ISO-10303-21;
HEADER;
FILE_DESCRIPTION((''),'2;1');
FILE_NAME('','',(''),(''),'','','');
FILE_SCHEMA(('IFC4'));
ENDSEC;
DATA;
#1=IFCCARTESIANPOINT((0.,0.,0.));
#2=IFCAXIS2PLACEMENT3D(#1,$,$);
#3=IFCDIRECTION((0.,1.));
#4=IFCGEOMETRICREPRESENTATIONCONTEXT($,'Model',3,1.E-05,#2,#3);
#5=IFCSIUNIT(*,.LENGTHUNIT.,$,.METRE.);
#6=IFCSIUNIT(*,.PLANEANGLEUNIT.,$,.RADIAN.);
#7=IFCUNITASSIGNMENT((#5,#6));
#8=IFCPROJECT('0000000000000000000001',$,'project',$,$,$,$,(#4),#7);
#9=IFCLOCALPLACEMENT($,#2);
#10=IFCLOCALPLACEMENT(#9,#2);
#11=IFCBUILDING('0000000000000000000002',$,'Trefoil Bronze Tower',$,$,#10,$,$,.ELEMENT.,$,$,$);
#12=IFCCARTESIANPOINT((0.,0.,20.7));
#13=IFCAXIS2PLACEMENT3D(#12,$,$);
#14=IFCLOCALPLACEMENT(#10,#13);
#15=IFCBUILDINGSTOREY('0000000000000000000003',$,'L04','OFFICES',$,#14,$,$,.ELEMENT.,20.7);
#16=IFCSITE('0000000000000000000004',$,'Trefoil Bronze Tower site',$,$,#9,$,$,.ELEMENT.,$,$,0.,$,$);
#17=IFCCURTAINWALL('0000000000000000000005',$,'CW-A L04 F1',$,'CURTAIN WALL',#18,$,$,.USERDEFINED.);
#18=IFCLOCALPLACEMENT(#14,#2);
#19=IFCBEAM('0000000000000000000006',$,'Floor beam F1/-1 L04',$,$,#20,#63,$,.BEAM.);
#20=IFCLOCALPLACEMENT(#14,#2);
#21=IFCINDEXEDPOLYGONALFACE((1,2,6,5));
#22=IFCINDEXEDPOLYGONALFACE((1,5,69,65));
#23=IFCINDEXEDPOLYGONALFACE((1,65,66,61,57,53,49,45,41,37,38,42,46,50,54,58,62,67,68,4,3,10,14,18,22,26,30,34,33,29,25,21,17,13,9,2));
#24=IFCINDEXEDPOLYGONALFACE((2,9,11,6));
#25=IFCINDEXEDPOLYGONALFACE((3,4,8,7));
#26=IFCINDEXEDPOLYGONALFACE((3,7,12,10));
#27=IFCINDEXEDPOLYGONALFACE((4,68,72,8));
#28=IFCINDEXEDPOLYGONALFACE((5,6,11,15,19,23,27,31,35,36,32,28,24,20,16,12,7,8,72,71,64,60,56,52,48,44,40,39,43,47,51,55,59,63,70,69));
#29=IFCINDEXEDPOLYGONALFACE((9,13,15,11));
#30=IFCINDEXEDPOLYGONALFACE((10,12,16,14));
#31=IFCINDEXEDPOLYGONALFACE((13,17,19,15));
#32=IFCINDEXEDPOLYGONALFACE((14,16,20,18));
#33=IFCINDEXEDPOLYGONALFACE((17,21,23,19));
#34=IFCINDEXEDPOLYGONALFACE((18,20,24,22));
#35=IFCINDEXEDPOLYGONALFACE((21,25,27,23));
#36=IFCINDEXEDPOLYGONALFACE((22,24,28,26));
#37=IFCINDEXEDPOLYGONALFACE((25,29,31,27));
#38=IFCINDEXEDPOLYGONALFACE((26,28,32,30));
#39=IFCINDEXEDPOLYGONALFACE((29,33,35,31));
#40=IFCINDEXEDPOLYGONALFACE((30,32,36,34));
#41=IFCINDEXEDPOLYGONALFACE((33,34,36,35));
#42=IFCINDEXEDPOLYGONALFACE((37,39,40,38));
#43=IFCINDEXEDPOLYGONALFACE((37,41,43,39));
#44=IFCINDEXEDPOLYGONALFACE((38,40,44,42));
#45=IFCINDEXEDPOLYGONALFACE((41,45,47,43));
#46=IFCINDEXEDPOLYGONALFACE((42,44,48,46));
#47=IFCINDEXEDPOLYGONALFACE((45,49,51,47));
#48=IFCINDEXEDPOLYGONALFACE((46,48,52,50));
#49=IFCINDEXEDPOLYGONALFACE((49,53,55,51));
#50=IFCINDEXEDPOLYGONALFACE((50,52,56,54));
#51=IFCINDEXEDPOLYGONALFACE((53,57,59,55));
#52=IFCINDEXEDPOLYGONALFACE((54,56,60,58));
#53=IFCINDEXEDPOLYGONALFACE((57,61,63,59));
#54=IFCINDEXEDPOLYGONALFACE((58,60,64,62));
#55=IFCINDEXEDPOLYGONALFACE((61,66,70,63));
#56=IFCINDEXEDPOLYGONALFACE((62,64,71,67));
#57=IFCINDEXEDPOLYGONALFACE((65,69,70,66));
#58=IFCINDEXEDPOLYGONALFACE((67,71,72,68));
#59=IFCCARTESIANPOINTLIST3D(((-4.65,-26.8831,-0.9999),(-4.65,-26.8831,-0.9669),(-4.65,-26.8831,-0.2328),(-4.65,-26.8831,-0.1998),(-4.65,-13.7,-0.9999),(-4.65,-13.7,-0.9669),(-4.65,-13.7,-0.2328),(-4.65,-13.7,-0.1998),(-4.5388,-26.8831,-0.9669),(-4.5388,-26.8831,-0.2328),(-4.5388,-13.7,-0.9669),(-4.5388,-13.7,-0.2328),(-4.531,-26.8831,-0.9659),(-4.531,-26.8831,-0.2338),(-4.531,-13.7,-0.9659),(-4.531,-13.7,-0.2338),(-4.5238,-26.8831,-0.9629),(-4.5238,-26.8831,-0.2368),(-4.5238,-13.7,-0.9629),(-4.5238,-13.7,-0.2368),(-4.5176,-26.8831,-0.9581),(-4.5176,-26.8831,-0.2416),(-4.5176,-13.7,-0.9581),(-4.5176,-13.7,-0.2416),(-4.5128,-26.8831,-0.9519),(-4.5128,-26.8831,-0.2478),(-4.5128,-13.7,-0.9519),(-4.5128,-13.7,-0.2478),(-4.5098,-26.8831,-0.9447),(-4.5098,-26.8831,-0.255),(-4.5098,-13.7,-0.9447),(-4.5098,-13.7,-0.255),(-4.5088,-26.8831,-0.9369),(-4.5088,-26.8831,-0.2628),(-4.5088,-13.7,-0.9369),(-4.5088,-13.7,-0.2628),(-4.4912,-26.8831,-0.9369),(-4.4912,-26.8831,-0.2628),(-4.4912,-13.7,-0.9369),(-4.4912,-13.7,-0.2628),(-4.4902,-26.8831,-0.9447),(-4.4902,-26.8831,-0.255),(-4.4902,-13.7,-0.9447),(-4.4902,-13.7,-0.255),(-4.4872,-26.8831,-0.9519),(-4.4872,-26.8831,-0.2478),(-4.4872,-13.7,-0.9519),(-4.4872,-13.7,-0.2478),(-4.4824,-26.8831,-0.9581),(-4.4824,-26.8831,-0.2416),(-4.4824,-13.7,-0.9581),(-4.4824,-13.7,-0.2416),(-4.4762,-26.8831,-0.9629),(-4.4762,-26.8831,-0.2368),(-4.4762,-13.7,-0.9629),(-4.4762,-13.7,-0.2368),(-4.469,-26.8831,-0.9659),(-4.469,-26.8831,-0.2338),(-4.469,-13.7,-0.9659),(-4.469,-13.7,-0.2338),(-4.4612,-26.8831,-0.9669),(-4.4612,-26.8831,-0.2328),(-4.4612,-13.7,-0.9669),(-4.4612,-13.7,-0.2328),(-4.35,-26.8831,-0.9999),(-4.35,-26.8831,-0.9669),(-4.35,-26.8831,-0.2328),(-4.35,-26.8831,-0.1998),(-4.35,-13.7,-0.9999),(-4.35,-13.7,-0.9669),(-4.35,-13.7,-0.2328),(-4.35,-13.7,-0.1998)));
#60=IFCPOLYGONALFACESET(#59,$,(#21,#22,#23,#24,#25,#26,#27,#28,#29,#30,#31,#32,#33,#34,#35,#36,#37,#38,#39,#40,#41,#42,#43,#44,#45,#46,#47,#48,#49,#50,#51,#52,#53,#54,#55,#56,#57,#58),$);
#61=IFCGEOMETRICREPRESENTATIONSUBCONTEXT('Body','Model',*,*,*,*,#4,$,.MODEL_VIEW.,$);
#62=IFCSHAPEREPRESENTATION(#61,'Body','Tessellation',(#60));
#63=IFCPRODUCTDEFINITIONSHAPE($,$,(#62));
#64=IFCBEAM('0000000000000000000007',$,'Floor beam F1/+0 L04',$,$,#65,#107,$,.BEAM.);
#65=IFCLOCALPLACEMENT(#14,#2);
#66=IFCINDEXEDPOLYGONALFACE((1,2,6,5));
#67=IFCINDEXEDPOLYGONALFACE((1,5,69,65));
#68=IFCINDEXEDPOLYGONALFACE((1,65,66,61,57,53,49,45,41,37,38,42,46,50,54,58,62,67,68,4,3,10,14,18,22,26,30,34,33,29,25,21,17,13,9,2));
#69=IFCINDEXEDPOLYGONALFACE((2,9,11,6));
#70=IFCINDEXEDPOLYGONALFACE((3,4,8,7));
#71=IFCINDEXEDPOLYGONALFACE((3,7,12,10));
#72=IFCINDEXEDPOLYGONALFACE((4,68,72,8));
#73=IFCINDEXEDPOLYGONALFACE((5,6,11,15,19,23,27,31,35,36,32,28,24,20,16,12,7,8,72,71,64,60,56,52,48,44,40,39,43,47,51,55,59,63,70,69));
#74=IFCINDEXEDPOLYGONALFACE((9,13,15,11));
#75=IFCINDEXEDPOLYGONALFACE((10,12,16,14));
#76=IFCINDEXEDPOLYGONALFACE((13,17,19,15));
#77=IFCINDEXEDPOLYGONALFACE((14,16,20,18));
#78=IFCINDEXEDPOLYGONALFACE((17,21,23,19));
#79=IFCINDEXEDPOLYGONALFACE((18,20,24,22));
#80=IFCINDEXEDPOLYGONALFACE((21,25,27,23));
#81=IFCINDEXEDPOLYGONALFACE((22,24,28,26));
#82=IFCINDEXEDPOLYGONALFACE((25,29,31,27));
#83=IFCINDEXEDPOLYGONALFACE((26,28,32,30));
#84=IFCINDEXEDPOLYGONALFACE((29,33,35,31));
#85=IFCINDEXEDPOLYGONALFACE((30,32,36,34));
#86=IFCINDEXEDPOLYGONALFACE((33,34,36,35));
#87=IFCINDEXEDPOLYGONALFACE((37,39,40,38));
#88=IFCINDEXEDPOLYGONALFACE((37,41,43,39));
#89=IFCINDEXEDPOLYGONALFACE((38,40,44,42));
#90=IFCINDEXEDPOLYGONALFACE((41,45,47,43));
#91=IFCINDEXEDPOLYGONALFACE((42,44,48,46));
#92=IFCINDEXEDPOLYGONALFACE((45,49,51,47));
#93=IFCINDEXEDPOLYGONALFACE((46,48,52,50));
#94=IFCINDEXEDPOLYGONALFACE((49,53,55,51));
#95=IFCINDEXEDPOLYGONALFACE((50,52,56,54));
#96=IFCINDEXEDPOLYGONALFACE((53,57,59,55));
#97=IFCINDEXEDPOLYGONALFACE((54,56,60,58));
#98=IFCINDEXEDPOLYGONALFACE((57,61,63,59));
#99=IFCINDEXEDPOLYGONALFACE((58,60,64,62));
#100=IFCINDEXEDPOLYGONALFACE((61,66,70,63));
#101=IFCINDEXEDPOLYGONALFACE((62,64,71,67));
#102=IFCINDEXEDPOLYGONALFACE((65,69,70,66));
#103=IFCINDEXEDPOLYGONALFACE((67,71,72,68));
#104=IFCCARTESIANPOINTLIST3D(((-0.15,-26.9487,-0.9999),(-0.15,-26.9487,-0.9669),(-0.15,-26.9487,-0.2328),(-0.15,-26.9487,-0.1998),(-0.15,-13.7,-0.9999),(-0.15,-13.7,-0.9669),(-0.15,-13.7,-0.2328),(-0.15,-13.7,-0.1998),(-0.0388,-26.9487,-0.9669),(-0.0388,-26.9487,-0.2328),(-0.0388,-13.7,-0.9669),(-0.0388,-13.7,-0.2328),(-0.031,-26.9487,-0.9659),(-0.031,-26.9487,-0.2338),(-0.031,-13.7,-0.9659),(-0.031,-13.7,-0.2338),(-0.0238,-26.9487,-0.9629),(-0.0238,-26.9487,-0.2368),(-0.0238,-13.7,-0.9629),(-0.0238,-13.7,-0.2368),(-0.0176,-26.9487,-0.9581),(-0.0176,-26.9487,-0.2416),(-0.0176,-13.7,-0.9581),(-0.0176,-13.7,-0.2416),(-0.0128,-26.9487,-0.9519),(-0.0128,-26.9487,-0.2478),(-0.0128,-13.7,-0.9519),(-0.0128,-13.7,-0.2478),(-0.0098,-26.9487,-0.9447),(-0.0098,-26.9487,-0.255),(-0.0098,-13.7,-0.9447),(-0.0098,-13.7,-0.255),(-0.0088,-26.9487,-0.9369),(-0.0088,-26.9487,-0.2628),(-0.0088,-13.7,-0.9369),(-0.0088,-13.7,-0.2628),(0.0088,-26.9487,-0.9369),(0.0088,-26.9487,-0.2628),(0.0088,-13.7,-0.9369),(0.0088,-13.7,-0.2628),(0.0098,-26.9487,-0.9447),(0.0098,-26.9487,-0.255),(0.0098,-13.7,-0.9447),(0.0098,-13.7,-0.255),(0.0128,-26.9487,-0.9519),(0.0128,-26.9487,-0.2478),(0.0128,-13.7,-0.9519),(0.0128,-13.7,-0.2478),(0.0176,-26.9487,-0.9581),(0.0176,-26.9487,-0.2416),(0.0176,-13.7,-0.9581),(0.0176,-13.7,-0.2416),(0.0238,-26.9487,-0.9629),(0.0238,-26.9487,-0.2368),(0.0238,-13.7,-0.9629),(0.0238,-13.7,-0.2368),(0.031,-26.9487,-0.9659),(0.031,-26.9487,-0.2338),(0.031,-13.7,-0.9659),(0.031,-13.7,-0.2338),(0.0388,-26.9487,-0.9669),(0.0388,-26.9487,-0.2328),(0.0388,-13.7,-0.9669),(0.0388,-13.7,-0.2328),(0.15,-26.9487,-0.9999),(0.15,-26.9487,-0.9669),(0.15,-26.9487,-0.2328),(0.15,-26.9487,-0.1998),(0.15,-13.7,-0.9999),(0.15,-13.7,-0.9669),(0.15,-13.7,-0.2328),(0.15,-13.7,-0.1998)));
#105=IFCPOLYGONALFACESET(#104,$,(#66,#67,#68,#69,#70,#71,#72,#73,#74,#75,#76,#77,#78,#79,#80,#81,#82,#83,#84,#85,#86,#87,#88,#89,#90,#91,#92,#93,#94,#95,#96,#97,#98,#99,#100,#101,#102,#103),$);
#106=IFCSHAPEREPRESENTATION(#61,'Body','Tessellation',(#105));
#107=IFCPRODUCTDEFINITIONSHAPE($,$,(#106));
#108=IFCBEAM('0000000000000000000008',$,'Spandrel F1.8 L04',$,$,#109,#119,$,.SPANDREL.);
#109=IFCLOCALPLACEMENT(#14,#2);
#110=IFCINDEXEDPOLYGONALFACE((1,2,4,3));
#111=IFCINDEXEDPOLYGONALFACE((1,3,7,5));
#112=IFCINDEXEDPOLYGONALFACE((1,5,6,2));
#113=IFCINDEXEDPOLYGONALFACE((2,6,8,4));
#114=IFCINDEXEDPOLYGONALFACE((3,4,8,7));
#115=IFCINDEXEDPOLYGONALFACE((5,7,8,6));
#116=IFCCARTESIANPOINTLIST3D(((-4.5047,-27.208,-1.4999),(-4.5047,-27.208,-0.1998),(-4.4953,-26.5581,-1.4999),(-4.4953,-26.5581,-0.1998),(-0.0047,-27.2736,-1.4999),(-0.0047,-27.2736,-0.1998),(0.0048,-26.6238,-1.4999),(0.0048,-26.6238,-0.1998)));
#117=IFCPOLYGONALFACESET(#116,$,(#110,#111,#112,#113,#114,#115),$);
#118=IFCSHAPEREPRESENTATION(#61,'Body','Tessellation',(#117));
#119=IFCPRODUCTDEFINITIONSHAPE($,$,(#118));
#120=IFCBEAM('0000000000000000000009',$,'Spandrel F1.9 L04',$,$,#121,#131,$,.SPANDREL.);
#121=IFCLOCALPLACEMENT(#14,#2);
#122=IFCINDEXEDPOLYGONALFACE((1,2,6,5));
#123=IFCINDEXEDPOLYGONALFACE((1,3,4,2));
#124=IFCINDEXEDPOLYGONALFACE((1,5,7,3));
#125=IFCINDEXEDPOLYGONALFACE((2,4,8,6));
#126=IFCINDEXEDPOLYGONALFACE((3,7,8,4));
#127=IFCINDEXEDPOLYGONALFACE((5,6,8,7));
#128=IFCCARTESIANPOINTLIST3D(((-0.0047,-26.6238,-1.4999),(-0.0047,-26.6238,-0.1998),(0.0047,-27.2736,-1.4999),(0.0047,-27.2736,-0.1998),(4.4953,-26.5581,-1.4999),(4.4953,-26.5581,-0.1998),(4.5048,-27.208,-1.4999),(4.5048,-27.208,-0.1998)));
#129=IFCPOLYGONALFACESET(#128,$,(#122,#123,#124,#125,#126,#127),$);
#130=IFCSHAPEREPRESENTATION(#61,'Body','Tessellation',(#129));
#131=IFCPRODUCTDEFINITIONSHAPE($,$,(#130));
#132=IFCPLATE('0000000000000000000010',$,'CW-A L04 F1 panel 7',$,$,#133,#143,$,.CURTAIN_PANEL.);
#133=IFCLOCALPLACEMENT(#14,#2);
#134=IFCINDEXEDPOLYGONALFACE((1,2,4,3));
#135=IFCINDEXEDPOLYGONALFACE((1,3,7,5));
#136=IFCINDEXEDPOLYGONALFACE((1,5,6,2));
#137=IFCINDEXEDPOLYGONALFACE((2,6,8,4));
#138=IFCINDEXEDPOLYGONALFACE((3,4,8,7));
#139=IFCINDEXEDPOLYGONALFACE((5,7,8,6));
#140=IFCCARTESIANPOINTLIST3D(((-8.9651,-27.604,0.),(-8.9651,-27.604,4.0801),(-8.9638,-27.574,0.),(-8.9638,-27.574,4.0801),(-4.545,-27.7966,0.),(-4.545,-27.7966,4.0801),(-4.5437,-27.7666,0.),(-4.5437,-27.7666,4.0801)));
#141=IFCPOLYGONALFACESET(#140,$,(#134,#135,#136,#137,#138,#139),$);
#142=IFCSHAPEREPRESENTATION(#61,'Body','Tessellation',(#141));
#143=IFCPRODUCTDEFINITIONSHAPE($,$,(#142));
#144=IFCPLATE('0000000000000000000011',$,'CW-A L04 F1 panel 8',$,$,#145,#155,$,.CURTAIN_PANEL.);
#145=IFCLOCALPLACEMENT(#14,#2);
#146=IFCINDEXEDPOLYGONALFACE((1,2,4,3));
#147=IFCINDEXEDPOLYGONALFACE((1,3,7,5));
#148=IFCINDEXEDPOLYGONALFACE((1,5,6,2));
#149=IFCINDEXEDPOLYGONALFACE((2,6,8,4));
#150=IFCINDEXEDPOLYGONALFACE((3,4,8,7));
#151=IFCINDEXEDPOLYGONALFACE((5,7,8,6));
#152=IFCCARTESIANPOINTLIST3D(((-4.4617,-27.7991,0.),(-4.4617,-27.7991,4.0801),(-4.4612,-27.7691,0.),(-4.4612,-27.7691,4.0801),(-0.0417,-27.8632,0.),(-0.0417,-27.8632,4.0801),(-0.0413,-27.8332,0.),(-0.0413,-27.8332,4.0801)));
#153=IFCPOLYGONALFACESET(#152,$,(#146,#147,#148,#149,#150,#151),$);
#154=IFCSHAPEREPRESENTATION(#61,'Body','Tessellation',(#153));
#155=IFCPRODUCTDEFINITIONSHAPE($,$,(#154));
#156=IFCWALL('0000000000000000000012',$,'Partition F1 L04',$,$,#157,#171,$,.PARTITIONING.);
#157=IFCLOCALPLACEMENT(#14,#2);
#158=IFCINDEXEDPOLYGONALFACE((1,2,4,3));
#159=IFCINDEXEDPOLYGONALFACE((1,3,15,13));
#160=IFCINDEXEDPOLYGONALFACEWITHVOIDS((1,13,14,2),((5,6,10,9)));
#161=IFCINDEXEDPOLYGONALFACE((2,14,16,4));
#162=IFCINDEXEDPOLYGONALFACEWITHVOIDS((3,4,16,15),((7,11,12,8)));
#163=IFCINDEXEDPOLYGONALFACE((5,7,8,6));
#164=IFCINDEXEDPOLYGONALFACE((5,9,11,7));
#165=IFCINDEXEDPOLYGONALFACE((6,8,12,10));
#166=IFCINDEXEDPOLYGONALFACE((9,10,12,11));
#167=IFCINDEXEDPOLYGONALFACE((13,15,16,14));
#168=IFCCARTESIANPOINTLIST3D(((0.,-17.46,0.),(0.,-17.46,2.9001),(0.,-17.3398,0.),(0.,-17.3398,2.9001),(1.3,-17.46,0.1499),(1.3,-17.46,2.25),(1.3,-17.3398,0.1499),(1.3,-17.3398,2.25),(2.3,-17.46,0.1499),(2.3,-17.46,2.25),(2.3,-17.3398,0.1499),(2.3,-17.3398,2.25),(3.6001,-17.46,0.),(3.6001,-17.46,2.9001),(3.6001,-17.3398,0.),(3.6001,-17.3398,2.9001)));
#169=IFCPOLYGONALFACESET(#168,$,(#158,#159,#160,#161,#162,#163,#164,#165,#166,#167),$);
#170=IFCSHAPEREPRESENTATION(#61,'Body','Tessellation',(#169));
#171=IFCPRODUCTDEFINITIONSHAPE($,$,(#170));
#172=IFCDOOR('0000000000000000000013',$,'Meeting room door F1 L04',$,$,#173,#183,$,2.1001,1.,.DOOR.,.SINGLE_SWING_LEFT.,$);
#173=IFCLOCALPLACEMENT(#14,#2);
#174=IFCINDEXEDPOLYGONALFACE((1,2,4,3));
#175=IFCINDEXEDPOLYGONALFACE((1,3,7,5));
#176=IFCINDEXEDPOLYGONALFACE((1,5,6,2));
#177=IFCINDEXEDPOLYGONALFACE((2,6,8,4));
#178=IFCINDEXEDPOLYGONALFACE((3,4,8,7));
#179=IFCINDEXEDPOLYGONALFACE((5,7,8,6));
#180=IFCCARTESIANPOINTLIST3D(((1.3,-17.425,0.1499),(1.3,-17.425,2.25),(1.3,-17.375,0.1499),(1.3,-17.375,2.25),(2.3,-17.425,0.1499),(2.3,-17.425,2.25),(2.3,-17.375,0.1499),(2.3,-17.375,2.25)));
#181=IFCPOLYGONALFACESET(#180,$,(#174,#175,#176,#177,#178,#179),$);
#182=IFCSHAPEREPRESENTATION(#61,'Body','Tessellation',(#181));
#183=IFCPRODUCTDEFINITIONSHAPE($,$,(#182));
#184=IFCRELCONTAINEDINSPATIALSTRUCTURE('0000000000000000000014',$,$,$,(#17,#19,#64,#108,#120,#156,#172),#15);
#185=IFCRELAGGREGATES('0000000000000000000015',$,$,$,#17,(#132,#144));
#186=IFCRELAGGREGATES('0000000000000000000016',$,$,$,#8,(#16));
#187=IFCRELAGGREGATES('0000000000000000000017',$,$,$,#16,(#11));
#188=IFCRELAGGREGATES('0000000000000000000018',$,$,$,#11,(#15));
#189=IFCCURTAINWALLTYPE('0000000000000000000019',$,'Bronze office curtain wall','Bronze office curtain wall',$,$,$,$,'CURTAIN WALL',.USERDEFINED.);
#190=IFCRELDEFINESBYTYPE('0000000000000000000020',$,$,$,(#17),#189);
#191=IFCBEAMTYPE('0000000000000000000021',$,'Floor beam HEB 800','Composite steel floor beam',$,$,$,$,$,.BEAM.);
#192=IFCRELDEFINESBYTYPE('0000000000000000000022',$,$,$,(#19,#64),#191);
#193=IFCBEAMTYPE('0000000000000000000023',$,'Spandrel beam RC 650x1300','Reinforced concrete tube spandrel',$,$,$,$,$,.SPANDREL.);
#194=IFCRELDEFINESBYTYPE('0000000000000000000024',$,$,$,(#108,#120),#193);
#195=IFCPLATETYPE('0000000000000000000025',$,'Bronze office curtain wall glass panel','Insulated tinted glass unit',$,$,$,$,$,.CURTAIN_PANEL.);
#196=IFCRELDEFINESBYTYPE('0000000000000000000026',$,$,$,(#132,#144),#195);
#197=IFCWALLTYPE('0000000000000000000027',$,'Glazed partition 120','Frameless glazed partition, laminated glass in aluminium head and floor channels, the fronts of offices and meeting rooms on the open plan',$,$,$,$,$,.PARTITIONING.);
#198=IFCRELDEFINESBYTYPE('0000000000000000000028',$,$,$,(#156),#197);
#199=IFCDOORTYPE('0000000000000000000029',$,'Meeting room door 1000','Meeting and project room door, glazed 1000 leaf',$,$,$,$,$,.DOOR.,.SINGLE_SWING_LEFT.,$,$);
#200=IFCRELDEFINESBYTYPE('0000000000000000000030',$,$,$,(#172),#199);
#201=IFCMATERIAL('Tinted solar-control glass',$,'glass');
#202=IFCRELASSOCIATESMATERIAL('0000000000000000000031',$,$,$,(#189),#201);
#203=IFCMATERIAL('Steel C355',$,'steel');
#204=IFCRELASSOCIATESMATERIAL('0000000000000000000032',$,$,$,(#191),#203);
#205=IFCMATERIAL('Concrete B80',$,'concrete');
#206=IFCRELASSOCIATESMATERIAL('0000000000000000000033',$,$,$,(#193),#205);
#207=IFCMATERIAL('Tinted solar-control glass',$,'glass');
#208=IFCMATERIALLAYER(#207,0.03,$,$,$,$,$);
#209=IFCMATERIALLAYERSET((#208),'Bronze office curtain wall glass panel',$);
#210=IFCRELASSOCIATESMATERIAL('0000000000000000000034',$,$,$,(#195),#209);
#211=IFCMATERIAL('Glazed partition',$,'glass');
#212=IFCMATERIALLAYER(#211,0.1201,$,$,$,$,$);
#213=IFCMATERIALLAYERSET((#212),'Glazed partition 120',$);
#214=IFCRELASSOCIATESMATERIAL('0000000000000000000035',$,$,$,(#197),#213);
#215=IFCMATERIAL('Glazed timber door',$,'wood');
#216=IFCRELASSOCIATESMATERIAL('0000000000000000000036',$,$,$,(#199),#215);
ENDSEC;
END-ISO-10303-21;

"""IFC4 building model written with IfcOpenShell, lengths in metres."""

from ifc_helpers import new_model, si_unit, direction, frame, frame_2d, origin, origin_2d, place, context, subcontext, project, spatial, rectangle, i_section, extrude, material, layer, layer_set, material_profile, profile_set, type_object, element, fill, aggregate, save


model = new_model("IFC4")

# Units and contexts
model_context = context("Model", 3, precision=1e-05, world=origin(), true_north=direction((0.0, 1.0)))
body_context = subcontext(model_context, "Body", "Model", "MODEL_VIEW")
ifc_project = project(units=[si_unit("LENGTHUNIT", "METRE"), si_unit("PLANEANGLEUNIT", "RADIAN")], contexts=[model_context])

# Site, building, storey
site_placement = place(None, origin())
site = spatial("IfcSite", under=ifc_project, at=site_placement, Name="Trefoil Bronze Tower site", CompositionType="ELEMENT", RefElevation=0.0)
building_placement = place(site_placement, origin())
building = spatial("IfcBuilding", under=site, at=building_placement, Name="Trefoil Bronze Tower", CompositionType="ELEMENT")
storey_placement = place(building_placement, frame((0.0, 0.0, 20.7)))
storey = spatial("IfcBuildingStorey", under=building, at=storey_placement, Name="L04", Description="OFFICES", CompositionType="ELEMENT", Elevation=20.7)

# Curtain wall
ifc_material_1 = material(Name="Tinted solar-control glass", Category="glass")
curtain_wall_type = type_object("IfcCurtainWallType", Name="Bronze office curtain wall", Description="Bronze office curtain wall", ElementType="CURTAIN WALL", PredefinedType="USERDEFINED", material=ifc_material_1)
curtain_wall_placement = place(storey_placement, origin())
curtain_wall = element("IfcCurtainWall", 1, at=curtain_wall_placement, inside=storey, type_object=curtain_wall_type, Name="CW-A L04 F1", ObjectType="CURTAIN WALL", PredefinedType="USERDEFINED")

# Beams
ifc_material_2 = material(Name="Steel C355", Category="steel")
ifc_material_profile_1 = material_profile(ifc_material_2, i_section(OverallWidth=0.3, OverallDepth=0.8, WebThickness=0.0176, FlangeThickness=0.033, FilletRadius=0.03, at=origin_2d()), Name="HEB 800")
ifc_profile_set_1 = profile_set([ifc_material_profile_1], Name="Steel C355")
beam_type_1 = type_object("IfcBeamType", Name="Floor beam HEB 800", Description="Composite steel floor beam", PredefinedType="BEAM", material=ifc_profile_set_1)
beam_1_placement = place(storey_placement, frame((-4.5, -26.8831, -0.5999), z_axis=(0.0, 1.0, 0.0), x_axis=(-1.0, 0.0, 0.0)))
element("IfcBeam", 2, at=beam_1_placement, inside=storey, type_object=beam_type_1, Name="Floor beam F1/-1 L04", PredefinedType="BEAM", context=body_context, shape_type="SweptSolid", body=[
    extrude(i_section(OverallWidth=0.3, OverallDepth=0.8, WebThickness=0.0176, FlangeThickness=0.033, FilletRadius=0.03, at=origin_2d()), origin(), (0.0, 0.0, 1.0), 13.1831),
])
beam_2_placement = place(storey_placement, frame((0.0, -26.9487, -0.5999), z_axis=(0.0, 1.0, 0.0), x_axis=(-1.0, 0.0, 0.0)))
element("IfcBeam", 3, at=beam_2_placement, inside=storey, type_object=beam_type_1, Name="Floor beam F1/+0 L04", PredefinedType="BEAM", context=body_context, shape_type="SweptSolid", body=[
    extrude(i_section(OverallWidth=0.3, OverallDepth=0.8, WebThickness=0.0176, FlangeThickness=0.033, FilletRadius=0.03, at=origin_2d()), origin(), (0.0, 0.0, 1.0), 13.2488),
])
ifc_material_3 = material(Name="Concrete B80", Category="concrete")
ifc_material_profile_2 = material_profile(ifc_material_3, rectangle(XDim=0.6499, YDim=1.3, at=origin_2d()), Name="RC 650x1300")
ifc_profile_set_2 = profile_set([ifc_material_profile_2], Name="Concrete B80")
beam_type_2 = type_object("IfcBeamType", Name="Spandrel beam RC 650x1300", Description="Reinforced concrete tube spandrel", PredefinedType="SPANDREL", material=ifc_profile_set_2)
for number, where, z_axis, x_axis, name in (
    (4, (-4.5, -26.8831, -0.8499), (0.999894, -0.014593, 0.0), (0.014593, 0.999894, 0.0), "Spandrel F1.8 L04"),
    (5, (0.0, -26.9487, -0.8499), (0.999894, 0.014593, 0.0), (-0.014593, 0.999894, 0.0), "Spandrel F1.9 L04"),
):
    element("IfcBeam", number, at=place(storey_placement, frame(where, z_axis=z_axis, x_axis=x_axis)), inside=storey, type_object=beam_type_2, Name=name, PredefinedType="SPANDREL", context=body_context, shape_type="SweptSolid", body=[
        extrude(rectangle(XDim=0.6499, YDim=1.3, at=origin_2d()), origin(), (0.0, 0.0, 1.0), 4.5005),
    ])

# Plates
ifc_material_4 = material(Name="Tinted solar-control glass", Category="glass")
ifc_layer_1 = layer(ifc_material_4, 0.03)
ifc_layer_set_1 = layer_set([ifc_layer_1], Name="Bronze office curtain wall glass panel")
plate_type = type_object("IfcPlateType", Name="Bronze office curtain wall glass panel", Description="Insulated tinted glass unit", PredefinedType="CURTAIN_PANEL", material=ifc_layer_set_1)
plate_1_placement = place(storey_placement, frame((-6.7544, -27.6853, 0.0), z_axis=(0.0, 0.0, 1.0), x_axis=(0.999052, -0.043528, 0.0)))
plate_1 = element("IfcPlate", 6, at=plate_1_placement, type_object=plate_type, Name="CW-A L04 F1 panel 7", PredefinedType="CURTAIN_PANEL", context=body_context, shape_type="SweptSolid", body=[
    extrude(rectangle(XDim=4.4243, YDim=0.03, at=origin_2d()), origin(), (0.0, 0.0, 1.0), 4.0801),
])
plate_2_placement = place(storey_placement, frame((-2.2515, -27.8162, 0.0), z_axis=(0.0, 0.0, 1.0), x_axis=(0.999895, -0.014509, 0.0)))
plate_2 = element("IfcPlate", 7, at=plate_2_placement, type_object=plate_type, Name="CW-A L04 F1 panel 8", PredefinedType="CURTAIN_PANEL", context=body_context, shape_type="SweptSolid", body=[
    extrude(rectangle(XDim=4.4204, YDim=0.03, at=origin_2d()), origin(), (0.0, 0.0, 1.0), 4.0801),
])
aggregate(curtain_wall, [plate_1, plate_2])

# Wall, opening, door
ifc_material_5 = material(Name="Glazed partition", Category="glass")
ifc_layer_2 = layer(ifc_material_5, 0.1201)
ifc_layer_set_2 = layer_set([ifc_layer_2], Name="Glazed partition 120")
wall_type = type_object("IfcWallType", Name="Glazed partition 120", Description="Frameless glazed partition, laminated glass in aluminium head and floor channels, the fronts of offices and meeting rooms on the open plan", PredefinedType="PARTITIONING", material=ifc_layer_set_2)
wall_1_placement = place(storey_placement, frame((0.0, -17.3999, 0.0), z_axis=(0.0, 0.0, 1.0), x_axis=(1.0, 0.0, 0.0)))
wall_1 = element("IfcWall", 8, at=wall_1_placement, inside=storey, type_object=wall_type, Name="Partition F1 L04", PredefinedType="PARTITIONING", context=body_context, shape_type="SweptSolid", body=[
    extrude(rectangle(XDim=3.6001, YDim=0.1201, at=frame_2d((1.8, 0.0))), origin(), (0.0, 0.0, 1.0), 2.9001),
])
opening_1_placement = place(wall_1_placement, frame((1.3, 0.0, 0.1499)))
opening_1 = element("IfcOpeningElement", 9, at=opening_1_placement, cuts=wall_1, PredefinedType="OPENING", context=body_context, shape_type="SweptSolid", body=[
    extrude(rectangle(XDim=1.0, YDim=2.1001, at=frame_2d((0.5, 1.05))), frame((0.0, 0.0701, 0.0), z_axis=(0.0, -1.0, 0.0), x_axis=(1.0, 0.0, 0.0)), (0.0, 0.0, 1.0), 0.1401),
])
ifc_material_6 = material(Name="Glazed timber door", Category="wood")
door_type_1 = type_object("IfcDoorType", Name="Meeting room door 1000", Description="Meeting and project room door, glazed 1000 leaf", OperationType="SINGLE_SWING_LEFT", PredefinedType="DOOR", material=ifc_material_6)
door_1_placement = place(opening_1_placement, origin())
door_1 = element("IfcDoor", 10, at=door_1_placement, inside=storey, type_object=door_type_1, Name="Meeting room door F1 L04", OperationType="SINGLE_SWING_LEFT", OverallHeight=2.1001, OverallWidth=1.0, PredefinedType="DOOR", context=body_context, shape_type="SweptSolid", body=[
    extrude(rectangle(XDim=1.0, YDim=2.1001, at=frame_2d((0.5, 1.05))), frame((0.0, 0.0249, 0.0), z_axis=(0.0, -1.0, 0.0), x_axis=(1.0, 0.0, 0.0)), (0.0, 0.0, 1.0), 0.05),
])
fill(opening_1, door_1)

save(model, "model.ifc")
